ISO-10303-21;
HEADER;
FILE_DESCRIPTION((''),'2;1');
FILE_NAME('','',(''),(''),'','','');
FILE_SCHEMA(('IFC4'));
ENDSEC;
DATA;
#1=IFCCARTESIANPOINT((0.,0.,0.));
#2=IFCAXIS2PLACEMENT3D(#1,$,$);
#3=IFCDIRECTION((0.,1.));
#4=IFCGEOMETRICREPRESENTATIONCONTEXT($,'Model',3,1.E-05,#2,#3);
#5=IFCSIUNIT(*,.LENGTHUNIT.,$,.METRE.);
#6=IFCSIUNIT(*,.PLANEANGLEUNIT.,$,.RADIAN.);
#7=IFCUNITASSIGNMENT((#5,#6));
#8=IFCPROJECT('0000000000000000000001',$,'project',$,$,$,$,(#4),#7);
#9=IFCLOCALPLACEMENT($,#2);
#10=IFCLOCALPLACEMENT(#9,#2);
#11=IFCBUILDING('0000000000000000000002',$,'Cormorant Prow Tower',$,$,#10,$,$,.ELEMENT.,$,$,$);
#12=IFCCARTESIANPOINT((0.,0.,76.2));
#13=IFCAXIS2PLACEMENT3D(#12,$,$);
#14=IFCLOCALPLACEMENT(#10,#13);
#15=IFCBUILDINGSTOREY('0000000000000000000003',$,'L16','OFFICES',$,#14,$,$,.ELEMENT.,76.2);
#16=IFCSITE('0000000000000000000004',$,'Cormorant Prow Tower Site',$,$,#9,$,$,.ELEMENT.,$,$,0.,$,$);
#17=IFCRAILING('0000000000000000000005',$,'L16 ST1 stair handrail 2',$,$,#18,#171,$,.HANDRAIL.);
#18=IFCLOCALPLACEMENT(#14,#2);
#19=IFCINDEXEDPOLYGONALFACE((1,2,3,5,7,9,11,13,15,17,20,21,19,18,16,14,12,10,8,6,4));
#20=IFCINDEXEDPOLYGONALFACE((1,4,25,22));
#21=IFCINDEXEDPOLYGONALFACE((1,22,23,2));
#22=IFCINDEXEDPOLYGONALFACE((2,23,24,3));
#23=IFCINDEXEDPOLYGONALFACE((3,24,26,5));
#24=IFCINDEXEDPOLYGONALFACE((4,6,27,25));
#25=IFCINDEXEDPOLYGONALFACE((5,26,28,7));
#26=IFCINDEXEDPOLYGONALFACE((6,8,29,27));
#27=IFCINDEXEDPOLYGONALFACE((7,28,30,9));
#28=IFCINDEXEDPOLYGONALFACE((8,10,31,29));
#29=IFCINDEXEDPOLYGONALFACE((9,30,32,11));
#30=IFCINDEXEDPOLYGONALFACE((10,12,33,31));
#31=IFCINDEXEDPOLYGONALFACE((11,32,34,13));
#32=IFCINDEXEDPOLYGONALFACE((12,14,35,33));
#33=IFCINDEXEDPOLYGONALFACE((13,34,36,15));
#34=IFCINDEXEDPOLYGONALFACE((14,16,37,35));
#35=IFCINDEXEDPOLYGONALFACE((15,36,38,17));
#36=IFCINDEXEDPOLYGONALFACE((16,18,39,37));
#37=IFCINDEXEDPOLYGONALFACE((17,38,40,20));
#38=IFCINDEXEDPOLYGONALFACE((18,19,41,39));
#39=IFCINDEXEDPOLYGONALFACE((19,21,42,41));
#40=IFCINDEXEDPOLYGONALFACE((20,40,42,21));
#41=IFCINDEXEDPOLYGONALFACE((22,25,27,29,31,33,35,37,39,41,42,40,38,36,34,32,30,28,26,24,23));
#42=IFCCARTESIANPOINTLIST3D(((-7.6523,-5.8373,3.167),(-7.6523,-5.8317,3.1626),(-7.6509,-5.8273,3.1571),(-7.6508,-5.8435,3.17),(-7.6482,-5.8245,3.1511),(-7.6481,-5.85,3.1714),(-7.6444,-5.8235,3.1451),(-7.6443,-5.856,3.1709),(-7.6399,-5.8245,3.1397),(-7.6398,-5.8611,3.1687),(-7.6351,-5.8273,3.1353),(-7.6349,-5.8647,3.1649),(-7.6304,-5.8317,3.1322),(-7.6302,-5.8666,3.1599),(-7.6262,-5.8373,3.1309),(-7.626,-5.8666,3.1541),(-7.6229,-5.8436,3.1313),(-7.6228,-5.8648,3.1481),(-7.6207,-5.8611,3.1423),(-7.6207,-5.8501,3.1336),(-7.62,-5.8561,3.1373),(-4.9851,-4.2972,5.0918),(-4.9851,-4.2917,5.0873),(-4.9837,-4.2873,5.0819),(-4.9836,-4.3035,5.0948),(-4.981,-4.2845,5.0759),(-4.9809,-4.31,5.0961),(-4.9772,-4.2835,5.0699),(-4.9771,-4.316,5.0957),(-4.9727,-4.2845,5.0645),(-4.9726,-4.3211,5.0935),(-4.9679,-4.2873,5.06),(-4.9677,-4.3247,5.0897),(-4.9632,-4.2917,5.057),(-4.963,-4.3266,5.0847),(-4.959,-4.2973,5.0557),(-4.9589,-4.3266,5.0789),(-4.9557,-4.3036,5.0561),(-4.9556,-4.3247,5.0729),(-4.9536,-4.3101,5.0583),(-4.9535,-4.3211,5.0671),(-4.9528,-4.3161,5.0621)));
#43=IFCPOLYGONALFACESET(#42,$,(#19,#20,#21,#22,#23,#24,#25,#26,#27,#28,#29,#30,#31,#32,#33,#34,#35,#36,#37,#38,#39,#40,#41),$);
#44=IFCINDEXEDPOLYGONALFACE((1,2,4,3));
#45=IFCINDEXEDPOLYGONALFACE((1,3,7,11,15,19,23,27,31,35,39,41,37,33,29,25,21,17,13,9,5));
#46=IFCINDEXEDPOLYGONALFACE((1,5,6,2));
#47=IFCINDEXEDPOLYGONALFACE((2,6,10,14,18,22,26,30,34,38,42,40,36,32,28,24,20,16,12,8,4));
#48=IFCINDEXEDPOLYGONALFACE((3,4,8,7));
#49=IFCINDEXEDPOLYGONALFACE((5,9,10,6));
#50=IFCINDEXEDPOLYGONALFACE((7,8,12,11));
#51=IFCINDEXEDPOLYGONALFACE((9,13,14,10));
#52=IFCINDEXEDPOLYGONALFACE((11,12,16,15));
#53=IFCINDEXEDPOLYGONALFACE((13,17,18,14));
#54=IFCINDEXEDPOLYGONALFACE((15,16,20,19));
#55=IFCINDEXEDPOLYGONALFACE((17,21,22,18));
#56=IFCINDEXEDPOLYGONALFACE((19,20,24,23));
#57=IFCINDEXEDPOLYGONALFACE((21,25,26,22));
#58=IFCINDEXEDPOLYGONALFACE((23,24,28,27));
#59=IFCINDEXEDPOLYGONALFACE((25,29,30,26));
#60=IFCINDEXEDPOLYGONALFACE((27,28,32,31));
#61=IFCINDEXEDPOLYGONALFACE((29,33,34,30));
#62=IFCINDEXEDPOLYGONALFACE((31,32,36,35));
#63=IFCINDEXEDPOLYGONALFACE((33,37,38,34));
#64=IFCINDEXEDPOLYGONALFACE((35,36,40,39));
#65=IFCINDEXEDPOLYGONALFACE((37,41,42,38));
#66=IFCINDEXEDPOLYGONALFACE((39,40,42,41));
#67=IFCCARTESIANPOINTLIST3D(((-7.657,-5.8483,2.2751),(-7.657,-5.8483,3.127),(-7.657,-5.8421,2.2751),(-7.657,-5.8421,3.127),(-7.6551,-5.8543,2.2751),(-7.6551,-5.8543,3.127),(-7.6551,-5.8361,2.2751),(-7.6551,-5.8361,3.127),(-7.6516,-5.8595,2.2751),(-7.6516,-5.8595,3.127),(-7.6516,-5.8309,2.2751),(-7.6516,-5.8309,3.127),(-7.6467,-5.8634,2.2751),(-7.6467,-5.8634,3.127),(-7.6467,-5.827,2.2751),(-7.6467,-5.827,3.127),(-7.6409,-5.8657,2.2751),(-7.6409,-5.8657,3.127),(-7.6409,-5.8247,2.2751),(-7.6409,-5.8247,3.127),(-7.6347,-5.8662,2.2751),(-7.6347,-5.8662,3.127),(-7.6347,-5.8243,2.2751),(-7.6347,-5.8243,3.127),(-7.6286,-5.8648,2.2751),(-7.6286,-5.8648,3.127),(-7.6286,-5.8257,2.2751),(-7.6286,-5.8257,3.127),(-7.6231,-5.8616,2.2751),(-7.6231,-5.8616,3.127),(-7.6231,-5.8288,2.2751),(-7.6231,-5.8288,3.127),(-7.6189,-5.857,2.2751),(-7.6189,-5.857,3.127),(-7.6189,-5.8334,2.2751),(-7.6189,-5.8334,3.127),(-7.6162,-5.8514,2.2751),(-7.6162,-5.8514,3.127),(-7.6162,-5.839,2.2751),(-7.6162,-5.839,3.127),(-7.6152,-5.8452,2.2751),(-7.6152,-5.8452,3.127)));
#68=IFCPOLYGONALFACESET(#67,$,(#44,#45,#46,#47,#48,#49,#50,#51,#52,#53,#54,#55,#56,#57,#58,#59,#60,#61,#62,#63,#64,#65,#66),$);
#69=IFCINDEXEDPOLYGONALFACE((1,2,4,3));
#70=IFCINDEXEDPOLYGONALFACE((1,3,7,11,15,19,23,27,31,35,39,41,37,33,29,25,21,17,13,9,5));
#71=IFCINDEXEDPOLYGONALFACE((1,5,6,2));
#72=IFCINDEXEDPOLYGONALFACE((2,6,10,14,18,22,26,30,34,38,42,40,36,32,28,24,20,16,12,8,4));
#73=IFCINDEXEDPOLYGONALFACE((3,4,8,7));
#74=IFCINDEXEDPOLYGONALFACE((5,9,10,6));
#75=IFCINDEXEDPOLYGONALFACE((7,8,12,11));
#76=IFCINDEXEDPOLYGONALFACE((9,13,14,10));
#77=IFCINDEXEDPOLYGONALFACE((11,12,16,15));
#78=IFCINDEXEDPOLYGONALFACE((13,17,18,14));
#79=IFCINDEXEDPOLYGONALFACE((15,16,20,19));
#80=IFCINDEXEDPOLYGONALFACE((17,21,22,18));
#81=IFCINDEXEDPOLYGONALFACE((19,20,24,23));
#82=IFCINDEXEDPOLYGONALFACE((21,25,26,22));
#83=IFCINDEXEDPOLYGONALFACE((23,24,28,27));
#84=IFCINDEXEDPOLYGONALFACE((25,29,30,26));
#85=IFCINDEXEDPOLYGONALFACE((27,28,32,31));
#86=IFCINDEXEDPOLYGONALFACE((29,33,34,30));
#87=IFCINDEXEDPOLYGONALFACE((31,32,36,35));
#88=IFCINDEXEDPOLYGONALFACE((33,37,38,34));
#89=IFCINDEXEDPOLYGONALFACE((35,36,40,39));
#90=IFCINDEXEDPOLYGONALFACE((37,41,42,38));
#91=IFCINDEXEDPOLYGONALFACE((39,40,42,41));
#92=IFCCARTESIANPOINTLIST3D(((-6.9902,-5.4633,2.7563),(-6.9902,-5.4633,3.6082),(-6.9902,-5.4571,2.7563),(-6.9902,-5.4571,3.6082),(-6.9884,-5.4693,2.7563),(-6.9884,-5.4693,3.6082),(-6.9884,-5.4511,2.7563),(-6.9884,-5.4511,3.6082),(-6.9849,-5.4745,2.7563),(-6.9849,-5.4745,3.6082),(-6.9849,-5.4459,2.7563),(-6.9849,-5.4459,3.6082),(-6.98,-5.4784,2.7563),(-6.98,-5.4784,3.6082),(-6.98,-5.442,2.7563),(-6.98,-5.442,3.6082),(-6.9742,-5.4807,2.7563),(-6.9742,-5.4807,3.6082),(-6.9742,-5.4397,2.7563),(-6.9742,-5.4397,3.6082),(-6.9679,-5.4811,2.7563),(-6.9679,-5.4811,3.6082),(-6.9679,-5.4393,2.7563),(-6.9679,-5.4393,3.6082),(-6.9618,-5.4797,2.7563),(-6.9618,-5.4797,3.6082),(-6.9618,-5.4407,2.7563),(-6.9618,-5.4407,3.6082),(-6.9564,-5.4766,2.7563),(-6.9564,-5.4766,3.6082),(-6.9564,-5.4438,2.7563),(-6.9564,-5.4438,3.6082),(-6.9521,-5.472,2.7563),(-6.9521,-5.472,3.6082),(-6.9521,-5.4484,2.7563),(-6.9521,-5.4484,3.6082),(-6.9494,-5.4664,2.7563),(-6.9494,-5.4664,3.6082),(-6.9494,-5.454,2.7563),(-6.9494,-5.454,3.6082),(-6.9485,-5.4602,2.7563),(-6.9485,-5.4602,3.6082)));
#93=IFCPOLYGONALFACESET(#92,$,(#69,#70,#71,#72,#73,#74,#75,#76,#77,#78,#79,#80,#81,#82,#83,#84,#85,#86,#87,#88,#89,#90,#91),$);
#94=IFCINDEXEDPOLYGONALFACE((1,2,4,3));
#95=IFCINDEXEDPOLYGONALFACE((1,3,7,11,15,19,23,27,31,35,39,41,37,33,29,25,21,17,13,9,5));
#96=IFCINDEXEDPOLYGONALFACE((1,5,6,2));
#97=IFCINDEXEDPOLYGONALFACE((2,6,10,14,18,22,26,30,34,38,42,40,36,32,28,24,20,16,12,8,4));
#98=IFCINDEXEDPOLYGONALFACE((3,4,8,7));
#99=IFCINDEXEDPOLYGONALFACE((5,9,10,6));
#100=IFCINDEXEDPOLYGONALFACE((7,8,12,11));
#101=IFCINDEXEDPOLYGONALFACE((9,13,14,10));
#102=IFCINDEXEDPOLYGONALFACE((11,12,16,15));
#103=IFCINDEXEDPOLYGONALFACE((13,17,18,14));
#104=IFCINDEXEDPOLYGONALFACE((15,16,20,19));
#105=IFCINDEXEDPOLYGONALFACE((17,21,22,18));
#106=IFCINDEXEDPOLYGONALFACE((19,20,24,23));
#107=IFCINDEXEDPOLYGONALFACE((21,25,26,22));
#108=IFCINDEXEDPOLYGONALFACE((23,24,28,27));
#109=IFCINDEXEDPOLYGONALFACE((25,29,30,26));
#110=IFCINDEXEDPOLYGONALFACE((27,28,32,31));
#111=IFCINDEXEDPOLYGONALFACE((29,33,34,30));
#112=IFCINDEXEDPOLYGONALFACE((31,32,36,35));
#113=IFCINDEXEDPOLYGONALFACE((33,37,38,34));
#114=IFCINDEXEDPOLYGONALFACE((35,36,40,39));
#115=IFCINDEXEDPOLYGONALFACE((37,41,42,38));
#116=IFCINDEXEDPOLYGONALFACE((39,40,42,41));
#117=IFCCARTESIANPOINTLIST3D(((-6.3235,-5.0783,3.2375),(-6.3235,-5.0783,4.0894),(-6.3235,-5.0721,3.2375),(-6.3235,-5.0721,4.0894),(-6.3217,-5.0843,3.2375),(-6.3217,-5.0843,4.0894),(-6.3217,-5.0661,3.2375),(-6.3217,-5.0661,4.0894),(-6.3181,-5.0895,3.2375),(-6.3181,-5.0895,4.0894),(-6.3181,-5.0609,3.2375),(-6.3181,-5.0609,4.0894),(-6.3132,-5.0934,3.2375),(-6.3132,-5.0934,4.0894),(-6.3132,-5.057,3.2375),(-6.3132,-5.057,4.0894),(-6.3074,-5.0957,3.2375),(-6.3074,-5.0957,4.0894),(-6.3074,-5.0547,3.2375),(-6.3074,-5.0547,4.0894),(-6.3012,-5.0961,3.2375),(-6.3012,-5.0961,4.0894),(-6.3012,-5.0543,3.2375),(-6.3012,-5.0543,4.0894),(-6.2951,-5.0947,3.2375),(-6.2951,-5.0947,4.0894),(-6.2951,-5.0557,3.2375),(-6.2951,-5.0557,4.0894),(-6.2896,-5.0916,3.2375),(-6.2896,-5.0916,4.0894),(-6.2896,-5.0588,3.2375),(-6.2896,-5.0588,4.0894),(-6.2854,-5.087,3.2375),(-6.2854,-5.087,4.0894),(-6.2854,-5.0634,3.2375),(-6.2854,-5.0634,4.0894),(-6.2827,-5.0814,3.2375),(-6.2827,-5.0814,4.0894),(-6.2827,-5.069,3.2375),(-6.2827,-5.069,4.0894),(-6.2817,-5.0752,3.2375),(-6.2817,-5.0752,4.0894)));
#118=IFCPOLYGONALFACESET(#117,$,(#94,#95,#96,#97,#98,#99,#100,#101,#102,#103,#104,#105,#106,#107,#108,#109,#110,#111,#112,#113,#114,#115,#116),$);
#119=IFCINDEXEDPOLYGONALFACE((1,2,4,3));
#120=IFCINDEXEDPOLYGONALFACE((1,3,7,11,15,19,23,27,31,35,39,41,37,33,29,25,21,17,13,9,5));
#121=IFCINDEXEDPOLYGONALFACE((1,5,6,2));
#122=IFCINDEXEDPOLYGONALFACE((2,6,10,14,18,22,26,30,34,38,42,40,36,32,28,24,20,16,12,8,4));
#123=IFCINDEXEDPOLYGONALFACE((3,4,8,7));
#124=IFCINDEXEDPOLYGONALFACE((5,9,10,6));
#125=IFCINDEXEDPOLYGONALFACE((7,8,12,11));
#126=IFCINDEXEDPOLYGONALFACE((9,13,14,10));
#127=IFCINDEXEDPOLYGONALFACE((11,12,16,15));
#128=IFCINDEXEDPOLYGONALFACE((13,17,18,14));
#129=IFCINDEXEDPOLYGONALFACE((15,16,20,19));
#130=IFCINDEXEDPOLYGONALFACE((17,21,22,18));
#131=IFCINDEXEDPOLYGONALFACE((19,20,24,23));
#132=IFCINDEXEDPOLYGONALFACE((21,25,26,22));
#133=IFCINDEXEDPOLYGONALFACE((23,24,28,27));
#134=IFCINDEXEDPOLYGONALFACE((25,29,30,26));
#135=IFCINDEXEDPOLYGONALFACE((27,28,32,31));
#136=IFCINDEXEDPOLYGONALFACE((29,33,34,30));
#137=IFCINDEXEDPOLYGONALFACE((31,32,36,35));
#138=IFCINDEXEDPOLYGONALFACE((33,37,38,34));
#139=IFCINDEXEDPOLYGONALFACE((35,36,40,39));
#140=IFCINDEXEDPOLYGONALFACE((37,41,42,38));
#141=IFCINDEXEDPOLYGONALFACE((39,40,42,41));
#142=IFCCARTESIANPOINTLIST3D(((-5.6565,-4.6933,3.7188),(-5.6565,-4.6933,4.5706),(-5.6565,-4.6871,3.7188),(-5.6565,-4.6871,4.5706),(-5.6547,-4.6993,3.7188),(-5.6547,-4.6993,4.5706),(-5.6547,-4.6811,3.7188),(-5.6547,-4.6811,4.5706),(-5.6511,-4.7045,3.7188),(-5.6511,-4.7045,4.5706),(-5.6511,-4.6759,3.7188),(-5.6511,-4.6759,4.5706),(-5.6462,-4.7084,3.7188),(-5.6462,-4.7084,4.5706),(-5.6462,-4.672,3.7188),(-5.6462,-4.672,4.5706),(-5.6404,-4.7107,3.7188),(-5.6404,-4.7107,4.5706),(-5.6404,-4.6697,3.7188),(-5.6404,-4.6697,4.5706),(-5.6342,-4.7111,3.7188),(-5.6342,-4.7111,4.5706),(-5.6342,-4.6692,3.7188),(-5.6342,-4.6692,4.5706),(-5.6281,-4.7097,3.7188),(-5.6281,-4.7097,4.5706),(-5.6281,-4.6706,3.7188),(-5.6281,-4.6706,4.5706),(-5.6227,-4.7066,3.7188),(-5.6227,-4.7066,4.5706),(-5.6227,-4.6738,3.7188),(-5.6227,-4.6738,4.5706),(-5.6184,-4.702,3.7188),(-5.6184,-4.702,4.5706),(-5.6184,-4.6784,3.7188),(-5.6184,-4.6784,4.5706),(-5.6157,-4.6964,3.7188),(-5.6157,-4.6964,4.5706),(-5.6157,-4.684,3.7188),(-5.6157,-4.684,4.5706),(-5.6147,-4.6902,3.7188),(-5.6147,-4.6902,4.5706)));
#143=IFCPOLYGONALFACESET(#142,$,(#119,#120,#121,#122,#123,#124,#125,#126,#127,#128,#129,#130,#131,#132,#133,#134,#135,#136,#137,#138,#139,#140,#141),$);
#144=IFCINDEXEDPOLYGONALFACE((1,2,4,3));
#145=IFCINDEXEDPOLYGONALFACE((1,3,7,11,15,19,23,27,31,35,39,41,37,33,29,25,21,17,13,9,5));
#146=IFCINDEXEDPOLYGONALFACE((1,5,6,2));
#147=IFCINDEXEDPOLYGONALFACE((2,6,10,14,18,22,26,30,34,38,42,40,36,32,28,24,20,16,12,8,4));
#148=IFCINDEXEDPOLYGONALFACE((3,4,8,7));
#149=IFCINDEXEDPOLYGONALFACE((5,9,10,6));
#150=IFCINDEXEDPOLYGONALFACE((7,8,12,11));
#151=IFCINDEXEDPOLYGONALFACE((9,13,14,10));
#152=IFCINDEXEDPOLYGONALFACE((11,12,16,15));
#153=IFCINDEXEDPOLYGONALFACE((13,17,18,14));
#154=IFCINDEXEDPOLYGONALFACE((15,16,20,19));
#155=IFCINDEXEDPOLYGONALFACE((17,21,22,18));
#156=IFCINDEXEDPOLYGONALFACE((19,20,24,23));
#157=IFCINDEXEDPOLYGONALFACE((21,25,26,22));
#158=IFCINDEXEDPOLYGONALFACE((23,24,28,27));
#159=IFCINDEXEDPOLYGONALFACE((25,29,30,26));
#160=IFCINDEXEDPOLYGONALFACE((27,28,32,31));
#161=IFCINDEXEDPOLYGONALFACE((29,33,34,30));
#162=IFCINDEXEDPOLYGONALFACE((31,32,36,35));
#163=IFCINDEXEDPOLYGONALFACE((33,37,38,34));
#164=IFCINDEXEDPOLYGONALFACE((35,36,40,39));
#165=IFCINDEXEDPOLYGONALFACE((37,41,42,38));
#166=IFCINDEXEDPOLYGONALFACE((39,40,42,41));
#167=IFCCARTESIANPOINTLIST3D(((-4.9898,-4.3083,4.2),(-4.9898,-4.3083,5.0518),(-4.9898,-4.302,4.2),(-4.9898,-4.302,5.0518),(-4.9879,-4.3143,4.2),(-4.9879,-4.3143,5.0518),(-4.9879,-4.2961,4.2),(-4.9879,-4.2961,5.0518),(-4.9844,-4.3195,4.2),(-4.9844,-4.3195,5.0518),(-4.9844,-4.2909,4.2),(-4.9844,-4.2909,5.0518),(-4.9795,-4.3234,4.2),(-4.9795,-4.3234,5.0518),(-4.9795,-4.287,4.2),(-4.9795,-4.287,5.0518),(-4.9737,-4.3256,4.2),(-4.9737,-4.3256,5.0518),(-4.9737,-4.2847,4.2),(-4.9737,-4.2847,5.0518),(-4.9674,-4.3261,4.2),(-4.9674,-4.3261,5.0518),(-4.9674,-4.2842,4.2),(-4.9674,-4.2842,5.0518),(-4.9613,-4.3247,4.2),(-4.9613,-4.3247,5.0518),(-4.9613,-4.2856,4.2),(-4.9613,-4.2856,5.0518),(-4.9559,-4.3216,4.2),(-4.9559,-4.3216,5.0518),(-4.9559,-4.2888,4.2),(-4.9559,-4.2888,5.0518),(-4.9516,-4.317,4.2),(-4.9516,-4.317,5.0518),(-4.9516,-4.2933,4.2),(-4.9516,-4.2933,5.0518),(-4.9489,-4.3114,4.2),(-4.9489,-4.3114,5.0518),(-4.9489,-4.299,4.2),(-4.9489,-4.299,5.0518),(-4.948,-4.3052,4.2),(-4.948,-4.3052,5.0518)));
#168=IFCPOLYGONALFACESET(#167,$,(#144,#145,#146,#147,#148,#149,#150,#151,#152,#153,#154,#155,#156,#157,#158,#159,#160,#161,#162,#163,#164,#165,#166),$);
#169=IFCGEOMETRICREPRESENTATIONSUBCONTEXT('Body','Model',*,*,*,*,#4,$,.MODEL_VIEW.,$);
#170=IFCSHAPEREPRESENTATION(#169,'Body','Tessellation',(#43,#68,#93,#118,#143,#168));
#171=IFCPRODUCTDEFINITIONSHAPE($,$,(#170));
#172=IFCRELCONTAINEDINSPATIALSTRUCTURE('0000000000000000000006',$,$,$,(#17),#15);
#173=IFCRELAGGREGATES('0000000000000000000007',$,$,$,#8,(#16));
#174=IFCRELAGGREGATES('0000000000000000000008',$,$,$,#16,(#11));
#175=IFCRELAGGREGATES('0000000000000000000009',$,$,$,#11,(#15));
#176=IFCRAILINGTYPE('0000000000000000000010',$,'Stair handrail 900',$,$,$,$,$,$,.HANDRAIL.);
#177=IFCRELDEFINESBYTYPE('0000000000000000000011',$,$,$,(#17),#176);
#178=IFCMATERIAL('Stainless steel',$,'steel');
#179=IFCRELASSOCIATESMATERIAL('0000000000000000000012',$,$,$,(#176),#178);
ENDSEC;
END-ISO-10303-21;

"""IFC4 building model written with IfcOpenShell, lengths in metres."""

from ifc_helpers import new_model, si_unit, direction, frame, origin, origin_2d, place, context, subcontext, project, spatial, circle, extrude, material, type_object, element, save


model = new_model("IFC4")

# Units and contexts
model_context = context("Model", 3, precision=1e-05, world=origin(), true_north=direction((0.0, 1.0)))
body_context = subcontext(model_context, "Body", "Model", "MODEL_VIEW")
ifc_project = project(units=[si_unit("LENGTHUNIT", "METRE"), si_unit("PLANEANGLEUNIT", "RADIAN")], contexts=[model_context])

# Site, building, storey
site_placement = place(None, origin())
site = spatial("IfcSite", under=ifc_project, at=site_placement, Name="Cormorant Prow Tower Site", CompositionType="ELEMENT", RefElevation=0.0)
building_placement = place(site_placement, origin())
building = spatial("IfcBuilding", under=site, at=building_placement, Name="Cormorant Prow Tower", CompositionType="ELEMENT")
storey_placement = place(building_placement, frame((0.0, 0.0, 76.2)))
storey = spatial("IfcBuildingStorey", under=building, at=storey_placement, Name="L16", Description="OFFICES", CompositionType="ELEMENT", Elevation=76.2)

# Railing
ifc_material_1 = material(Name="Stainless steel", Category="steel")
railing_type_1 = type_object("IfcRailingType", Name="Stair handrail 900", PredefinedType="HANDRAIL", material=ifc_material_1)
railing_1_placement = place(storey_placement, frame((-7.6362, -5.8452, 2.2751)))
element("IfcRailing", 1, at=railing_1_placement, inside=storey, type_object=railing_type_1, Name="L16 ST1 stair handrail 2", PredefinedType="HANDRAIL", context=body_context, shape_type="SweptSolid", body=[
    extrude(circle(Radius=0.0239, at=origin_2d()), frame((0.0, 0.0, 0.876), z_axis=(0.73439, 0.424031, 0.529971), x_axis=(-0.500027, 0.86601, 0.0)), (0.0, 0.0, 1.0), 3.6318),
    extrude(circle(Radius=0.021, at=origin_2d()), origin(), (0.0, 0.0, 1.0), 0.8518),
    extrude(circle(Radius=0.021, at=origin_2d()), frame((0.6667, 0.385, 0.4812)), (0.0, 0.0, 1.0), 0.8518),
    extrude(circle(Radius=0.021, at=origin_2d()), frame((1.3335, 0.77, 0.9624)), (0.0, 0.0, 1.0), 0.8518),
    extrude(circle(Radius=0.021, at=origin_2d()), frame((2.0005, 1.155, 1.4436)), (0.0, 0.0, 1.0), 0.8518),
    extrude(circle(Radius=0.021, at=origin_2d()), frame((2.6672, 1.54, 1.9248)), (0.0, 0.0, 1.0), 0.8518),
])

save(model, "model.ifc")
